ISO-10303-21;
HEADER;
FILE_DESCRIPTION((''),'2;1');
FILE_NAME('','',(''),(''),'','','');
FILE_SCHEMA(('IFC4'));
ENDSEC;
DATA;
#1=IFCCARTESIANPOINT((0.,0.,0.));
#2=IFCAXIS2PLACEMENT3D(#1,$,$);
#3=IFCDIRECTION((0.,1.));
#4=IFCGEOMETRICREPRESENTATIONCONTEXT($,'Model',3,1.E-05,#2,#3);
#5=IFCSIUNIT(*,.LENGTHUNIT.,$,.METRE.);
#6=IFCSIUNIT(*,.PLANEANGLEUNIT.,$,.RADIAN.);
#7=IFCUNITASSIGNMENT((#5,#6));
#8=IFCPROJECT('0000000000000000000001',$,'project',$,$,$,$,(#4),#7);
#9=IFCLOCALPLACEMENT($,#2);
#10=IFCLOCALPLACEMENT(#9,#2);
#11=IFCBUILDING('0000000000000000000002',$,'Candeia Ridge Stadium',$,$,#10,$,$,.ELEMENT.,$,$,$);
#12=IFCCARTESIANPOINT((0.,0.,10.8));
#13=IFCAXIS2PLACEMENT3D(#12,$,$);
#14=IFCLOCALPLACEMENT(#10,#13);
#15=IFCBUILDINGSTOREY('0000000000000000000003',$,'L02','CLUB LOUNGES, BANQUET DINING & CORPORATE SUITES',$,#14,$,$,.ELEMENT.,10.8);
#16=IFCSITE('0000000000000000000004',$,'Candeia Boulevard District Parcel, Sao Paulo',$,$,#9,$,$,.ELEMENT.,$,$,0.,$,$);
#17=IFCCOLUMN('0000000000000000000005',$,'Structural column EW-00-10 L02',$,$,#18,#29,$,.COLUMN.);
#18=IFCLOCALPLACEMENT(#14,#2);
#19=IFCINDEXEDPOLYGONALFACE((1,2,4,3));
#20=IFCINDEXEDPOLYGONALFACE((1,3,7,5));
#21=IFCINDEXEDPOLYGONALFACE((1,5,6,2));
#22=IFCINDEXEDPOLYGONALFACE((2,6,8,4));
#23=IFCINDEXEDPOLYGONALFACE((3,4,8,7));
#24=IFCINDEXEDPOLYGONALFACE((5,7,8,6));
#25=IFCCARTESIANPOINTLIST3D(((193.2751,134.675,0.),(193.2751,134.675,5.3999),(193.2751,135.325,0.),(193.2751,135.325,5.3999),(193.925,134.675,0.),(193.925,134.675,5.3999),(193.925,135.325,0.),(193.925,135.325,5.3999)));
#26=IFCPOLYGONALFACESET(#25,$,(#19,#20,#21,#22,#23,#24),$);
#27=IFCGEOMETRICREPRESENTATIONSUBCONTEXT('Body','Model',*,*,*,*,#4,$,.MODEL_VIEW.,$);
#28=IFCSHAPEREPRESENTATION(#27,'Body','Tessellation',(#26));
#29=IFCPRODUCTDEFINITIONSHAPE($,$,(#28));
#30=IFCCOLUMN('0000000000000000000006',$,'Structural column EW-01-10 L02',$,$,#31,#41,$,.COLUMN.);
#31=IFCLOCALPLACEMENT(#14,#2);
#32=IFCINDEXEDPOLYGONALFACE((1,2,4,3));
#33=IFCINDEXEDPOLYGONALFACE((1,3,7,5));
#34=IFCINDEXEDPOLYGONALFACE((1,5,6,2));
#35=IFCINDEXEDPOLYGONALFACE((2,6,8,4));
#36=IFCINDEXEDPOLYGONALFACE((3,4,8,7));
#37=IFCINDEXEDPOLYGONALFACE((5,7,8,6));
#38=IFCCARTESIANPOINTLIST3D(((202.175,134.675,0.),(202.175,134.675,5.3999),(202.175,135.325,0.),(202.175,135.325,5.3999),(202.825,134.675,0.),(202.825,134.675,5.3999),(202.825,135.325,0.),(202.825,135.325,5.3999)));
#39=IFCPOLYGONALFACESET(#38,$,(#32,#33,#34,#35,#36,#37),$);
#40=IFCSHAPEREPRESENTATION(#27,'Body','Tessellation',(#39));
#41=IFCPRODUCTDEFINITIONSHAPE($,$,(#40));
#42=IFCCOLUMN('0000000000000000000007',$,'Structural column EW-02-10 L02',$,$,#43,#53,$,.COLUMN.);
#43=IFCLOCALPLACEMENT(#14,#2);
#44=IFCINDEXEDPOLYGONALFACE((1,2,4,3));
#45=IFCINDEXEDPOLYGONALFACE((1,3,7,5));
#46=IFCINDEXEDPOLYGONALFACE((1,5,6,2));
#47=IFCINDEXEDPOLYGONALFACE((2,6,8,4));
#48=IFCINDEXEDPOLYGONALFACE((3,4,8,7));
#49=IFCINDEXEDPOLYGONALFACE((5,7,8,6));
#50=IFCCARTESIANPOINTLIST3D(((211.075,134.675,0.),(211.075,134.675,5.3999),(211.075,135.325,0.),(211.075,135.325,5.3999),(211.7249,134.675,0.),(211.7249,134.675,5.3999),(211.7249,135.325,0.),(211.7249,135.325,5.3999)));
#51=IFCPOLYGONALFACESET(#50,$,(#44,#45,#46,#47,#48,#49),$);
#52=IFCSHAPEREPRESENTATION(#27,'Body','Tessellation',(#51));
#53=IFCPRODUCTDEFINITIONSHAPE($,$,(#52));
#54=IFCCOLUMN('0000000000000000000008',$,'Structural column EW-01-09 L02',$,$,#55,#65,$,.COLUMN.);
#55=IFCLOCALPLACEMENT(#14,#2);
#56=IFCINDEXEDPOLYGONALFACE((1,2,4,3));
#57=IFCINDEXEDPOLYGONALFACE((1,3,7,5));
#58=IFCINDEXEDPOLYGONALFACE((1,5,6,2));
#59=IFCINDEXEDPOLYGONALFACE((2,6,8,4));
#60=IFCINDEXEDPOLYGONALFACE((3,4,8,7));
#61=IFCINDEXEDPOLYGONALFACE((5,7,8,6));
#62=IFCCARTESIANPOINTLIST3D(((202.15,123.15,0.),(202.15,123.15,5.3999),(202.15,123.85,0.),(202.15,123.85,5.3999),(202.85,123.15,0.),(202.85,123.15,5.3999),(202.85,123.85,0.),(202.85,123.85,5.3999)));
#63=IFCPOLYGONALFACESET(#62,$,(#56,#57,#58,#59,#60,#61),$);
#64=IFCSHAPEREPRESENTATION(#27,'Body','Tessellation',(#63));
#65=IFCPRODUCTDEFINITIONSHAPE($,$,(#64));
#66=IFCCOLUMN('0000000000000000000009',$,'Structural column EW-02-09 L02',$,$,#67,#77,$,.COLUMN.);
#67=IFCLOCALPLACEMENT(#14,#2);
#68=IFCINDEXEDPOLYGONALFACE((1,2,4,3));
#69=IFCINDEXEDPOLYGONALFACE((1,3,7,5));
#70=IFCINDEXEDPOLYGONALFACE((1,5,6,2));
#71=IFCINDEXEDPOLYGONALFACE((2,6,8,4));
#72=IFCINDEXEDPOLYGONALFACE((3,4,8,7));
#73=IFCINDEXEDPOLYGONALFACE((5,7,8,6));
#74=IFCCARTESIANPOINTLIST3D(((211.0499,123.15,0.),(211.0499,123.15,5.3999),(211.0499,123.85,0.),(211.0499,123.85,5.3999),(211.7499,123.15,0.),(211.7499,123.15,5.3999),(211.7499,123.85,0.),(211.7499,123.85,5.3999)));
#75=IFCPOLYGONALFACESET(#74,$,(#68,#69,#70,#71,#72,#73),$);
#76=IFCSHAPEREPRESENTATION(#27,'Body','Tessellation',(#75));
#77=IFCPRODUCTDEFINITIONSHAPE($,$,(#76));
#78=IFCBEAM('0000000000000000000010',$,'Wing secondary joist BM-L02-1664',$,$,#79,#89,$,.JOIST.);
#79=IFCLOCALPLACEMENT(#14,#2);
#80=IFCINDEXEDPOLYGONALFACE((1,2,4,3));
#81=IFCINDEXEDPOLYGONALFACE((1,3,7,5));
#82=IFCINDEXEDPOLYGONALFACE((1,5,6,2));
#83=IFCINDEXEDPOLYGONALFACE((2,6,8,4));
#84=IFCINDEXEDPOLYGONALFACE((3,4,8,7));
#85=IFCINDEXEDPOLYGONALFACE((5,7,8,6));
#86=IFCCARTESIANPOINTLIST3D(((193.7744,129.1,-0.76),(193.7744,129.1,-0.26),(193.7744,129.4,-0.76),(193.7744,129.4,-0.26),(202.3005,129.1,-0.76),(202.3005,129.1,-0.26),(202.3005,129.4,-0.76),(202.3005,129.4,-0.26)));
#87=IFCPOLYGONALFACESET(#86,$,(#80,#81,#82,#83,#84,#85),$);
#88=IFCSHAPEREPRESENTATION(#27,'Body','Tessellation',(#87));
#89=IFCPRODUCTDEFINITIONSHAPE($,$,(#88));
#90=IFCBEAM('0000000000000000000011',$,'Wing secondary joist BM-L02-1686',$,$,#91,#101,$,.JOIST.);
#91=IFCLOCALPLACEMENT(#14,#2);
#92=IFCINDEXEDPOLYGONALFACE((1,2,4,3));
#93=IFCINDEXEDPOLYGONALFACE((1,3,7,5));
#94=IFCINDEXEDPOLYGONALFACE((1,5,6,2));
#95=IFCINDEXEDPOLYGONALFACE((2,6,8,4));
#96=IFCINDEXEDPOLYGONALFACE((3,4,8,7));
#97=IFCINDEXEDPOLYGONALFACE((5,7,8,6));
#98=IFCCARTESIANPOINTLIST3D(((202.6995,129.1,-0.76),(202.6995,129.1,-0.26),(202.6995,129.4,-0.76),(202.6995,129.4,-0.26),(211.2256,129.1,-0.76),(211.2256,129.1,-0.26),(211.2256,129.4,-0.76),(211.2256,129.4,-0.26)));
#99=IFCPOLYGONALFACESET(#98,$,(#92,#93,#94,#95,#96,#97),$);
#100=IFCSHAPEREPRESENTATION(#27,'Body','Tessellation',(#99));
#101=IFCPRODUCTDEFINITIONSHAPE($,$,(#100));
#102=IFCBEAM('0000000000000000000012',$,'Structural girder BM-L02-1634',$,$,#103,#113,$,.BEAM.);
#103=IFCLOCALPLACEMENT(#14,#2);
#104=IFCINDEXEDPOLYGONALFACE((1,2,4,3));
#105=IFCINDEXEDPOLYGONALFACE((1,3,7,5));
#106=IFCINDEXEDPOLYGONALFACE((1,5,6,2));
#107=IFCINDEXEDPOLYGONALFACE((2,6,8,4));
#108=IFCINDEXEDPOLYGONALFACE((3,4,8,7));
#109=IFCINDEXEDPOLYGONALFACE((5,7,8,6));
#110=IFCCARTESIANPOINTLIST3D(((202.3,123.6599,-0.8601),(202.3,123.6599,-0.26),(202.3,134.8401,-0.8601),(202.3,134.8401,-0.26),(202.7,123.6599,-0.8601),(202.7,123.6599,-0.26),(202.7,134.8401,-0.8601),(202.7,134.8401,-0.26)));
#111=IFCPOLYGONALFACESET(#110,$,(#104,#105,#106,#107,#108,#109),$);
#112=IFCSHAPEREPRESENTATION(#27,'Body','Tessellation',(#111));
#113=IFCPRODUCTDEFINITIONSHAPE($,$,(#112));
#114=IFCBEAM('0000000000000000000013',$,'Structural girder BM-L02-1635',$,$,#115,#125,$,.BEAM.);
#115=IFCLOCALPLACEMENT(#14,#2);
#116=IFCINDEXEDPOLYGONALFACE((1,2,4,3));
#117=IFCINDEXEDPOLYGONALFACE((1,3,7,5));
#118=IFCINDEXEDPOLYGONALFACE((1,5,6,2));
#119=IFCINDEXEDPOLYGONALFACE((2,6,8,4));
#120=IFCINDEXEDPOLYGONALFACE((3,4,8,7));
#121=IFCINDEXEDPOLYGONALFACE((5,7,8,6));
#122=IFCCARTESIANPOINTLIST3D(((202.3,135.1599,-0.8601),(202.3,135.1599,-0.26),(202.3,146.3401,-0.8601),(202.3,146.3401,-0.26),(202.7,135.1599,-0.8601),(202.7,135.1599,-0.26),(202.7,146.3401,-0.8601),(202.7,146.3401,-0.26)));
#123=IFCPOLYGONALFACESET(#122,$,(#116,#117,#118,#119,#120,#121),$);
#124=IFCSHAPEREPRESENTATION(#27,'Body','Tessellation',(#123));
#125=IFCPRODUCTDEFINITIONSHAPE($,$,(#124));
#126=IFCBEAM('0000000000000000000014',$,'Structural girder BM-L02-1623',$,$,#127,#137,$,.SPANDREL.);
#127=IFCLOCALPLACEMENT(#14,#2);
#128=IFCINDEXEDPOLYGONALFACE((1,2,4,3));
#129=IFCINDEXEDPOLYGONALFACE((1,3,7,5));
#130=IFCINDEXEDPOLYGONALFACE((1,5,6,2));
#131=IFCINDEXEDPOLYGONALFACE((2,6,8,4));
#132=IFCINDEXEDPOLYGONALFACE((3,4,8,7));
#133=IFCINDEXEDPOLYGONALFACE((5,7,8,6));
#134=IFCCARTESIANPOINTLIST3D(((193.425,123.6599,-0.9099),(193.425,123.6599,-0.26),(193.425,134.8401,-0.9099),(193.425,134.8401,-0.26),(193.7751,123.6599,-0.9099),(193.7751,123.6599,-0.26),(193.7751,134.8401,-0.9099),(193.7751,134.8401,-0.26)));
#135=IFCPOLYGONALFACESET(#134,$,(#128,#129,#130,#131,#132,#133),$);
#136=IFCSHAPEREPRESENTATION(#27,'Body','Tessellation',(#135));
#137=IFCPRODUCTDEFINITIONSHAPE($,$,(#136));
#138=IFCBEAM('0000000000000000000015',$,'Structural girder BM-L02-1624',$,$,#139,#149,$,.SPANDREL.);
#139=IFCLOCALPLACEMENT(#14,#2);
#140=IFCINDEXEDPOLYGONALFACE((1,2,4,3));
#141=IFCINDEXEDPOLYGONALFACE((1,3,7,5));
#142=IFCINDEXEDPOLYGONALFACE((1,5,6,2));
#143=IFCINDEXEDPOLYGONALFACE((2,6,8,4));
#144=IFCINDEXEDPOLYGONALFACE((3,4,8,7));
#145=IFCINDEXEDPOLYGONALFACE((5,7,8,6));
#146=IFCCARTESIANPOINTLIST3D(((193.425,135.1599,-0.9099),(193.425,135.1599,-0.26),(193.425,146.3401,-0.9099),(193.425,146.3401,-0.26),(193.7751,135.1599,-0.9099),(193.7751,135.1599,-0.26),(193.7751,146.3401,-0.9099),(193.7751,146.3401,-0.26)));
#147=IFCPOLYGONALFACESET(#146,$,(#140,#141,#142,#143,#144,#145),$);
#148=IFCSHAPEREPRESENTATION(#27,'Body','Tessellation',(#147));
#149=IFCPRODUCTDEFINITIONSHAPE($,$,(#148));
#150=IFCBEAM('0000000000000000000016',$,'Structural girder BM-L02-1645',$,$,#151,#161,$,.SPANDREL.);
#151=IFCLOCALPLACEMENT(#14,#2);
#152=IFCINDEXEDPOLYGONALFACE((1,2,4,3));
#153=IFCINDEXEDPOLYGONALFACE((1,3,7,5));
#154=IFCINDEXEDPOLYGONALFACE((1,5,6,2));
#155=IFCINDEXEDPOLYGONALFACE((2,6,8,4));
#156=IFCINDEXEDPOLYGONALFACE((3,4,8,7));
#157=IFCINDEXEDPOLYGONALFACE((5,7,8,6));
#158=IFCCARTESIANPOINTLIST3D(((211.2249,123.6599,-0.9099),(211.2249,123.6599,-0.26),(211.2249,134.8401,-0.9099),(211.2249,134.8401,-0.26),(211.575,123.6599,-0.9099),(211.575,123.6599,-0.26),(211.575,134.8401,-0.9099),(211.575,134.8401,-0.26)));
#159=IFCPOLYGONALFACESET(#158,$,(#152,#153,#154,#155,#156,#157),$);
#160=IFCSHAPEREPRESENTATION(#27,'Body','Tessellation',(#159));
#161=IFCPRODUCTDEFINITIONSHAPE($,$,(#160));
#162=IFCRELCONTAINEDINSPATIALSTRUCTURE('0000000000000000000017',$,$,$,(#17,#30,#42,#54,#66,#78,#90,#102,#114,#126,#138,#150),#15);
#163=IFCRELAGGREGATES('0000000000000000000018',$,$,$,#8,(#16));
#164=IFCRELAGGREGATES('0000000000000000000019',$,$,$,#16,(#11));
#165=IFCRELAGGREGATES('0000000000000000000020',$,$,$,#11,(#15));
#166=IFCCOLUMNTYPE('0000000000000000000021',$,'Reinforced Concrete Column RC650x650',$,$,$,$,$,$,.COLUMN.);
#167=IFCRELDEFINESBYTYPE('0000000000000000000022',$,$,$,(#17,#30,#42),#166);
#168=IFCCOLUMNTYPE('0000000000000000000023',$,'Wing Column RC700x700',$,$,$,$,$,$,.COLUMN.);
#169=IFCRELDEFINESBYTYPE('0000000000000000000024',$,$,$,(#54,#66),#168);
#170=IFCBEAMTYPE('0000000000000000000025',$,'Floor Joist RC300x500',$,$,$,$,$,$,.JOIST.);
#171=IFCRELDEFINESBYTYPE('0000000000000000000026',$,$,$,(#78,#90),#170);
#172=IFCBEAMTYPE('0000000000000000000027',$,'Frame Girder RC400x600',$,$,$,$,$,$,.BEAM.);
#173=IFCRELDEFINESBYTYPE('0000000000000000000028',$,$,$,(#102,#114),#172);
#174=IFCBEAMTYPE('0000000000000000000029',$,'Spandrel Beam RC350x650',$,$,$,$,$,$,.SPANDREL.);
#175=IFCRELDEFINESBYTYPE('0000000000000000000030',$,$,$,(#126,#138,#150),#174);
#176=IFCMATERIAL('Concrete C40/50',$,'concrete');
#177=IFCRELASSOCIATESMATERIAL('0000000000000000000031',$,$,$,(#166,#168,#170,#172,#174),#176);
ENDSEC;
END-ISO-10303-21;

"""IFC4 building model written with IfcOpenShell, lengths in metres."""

from ifc_helpers import new_model, si_unit, direction, frame, origin, origin_2d, place, context, subcontext, project, spatial, rectangle, extrude, material, material_profile, profile_set, type_object, element, save


model = new_model("IFC4")

# Units and contexts
model_context = context("Model", 3, precision=1e-05, world=origin(), true_north=direction((0.0, 1.0)))
body_context = subcontext(model_context, "Body", "Model", "MODEL_VIEW")
ifc_project = project(units=[si_unit("LENGTHUNIT", "METRE"), si_unit("PLANEANGLEUNIT", "RADIAN")], contexts=[model_context])

# Site, building, storey
site_placement = place(None, origin())
site = spatial("IfcSite", under=ifc_project, at=site_placement, Name="Candeia Boulevard District Parcel, Sao Paulo", CompositionType="ELEMENT", RefElevation=0.0)
building_placement = place(site_placement, origin())
building = spatial("IfcBuilding", under=site, at=building_placement, Name="Candeia Ridge Stadium", CompositionType="ELEMENT")
storey_placement = place(building_placement, frame((0.0, 0.0, 10.8)))
storey = spatial("IfcBuildingStorey", under=building, at=storey_placement, Name="L02", Description="CLUB LOUNGES, BANQUET DINING & CORPORATE SUITES", CompositionType="ELEMENT", Elevation=10.8)

# Columns
ifc_material_1 = material(Name="Concrete C40/50", Category="concrete")
ifc_material_profile_1 = material_profile(ifc_material_1, rectangle(XDim=0.6499, YDim=0.6499, at=origin_2d()), Name="RC650x650", Category="concrete")
ifc_profile_set_1 = profile_set([ifc_material_profile_1], Name="Concrete C40/50")
column_type_1 = type_object("IfcColumnType", Name="Reinforced Concrete Column RC650x650", PredefinedType="COLUMN", material=ifc_profile_set_1)
for number, where, z_axis, x_axis, name in (
    (1, (193.6001, 135.0, 0.0), (0.0, 0.0, 1.0), (1.0, 0.0, 0.0), "Structural column EW-00-10 L02"),
    (2, (202.5, 135.0, 0.0), (0.0, 0.0, 1.0), (1.0, 0.0, 0.0), "Structural column EW-01-10 L02"),
    (3, (211.3999, 135.0, 0.0), (0.0, 0.0, 1.0), (1.0, 0.0, 0.0), "Structural column EW-02-10 L02"),
):
    element("IfcColumn", number, at=place(storey_placement, frame(where, z_axis=z_axis, x_axis=x_axis)), inside=storey, type_object=column_type_1, Name=name, PredefinedType="COLUMN", context=body_context, shape_type="SweptSolid", body=[
        extrude(rectangle(XDim=0.6499, YDim=0.6499, at=origin_2d()), origin(), (0.0, 0.0, 1.0), 5.3999),
    ])
ifc_material_profile_2 = material_profile(ifc_material_1, rectangle(XDim=0.7, YDim=0.7, at=origin_2d()), Name="RC700x700", Category="concrete")
ifc_profile_set_2 = profile_set([ifc_material_profile_2], Name="Concrete C40/50")
column_type_2 = type_object("IfcColumnType", Name="Wing Column RC700x700", PredefinedType="COLUMN", material=ifc_profile_set_2)
for number, where, z_axis, x_axis, name in (
    (4, (202.5, 123.5, 0.0), (0.0, 0.0, 1.0), (1.0, 0.0, 0.0), "Structural column EW-01-09 L02"),
    (5, (211.3999, 123.5, 0.0), (0.0, 0.0, 1.0), (1.0, 0.0, 0.0), "Structural column EW-02-09 L02"),
):
    element("IfcColumn", number, at=place(storey_placement, frame(where, z_axis=z_axis, x_axis=x_axis)), inside=storey, type_object=column_type_2, Name=name, PredefinedType="COLUMN", context=body_context, shape_type="SweptSolid", body=[
        extrude(rectangle(XDim=0.7, YDim=0.7, at=origin_2d()), origin(), (0.0, 0.0, 1.0), 5.3999),
    ])

# Beams
ifc_material_profile_3 = material_profile(ifc_material_1, rectangle(XDim=0.3, YDim=0.5, at=origin_2d()), Name="RC300x500", Category="concrete")
ifc_profile_set_3 = profile_set([ifc_material_profile_3], Name="Concrete C40/50")
beam_type_1 = type_object("IfcBeamType", Name="Floor Joist RC300x500", PredefinedType="JOIST", material=ifc_profile_set_3)
for number, where, z_axis, x_axis, name in (
    (6, (193.7744, 129.25, -0.51), (1.0, 0.0, 0.0), (0.0, 1.0, 0.0), "Wing secondary joist BM-L02-1664"),
    (7, (202.6995, 129.25, -0.51), (1.0, 0.0, 0.0), (0.0, 1.0, 0.0), "Wing secondary joist BM-L02-1686"),
):
    element("IfcBeam", number, at=place(storey_placement, frame(where, z_axis=z_axis, x_axis=x_axis)), inside=storey, type_object=beam_type_1, Name=name, PredefinedType="JOIST", context=body_context, shape_type="SweptSolid", body=[
        extrude(rectangle(XDim=0.3, YDim=0.5, at=origin_2d()), origin(), (0.0, 0.0, 1.0), 8.5261),
    ])
ifc_material_profile_4 = material_profile(ifc_material_1, rectangle(XDim=0.3999, YDim=0.6001, at=origin_2d()), Name="RC400x600", Category="concrete")
ifc_profile_set_4 = profile_set([ifc_material_profile_4], Name="Concrete C40/50")
beam_type_2 = type_object("IfcBeamType", Name="Frame Girder RC400x600", PredefinedType="BEAM", material=ifc_profile_set_4)
for number, where, z_axis, x_axis, name in (
    (8, (202.5, 123.6599, -0.5601), (0.0, 1.0, 0.0), (-1.0, 0.0, 0.0), "Structural girder BM-L02-1634"),
    (9, (202.5, 135.1599, -0.5601), (0.0, 1.0, 0.0), (-1.0, 0.0, 0.0), "Structural girder BM-L02-1635"),
):
    element("IfcBeam", number, at=place(storey_placement, frame(where, z_axis=z_axis, x_axis=x_axis)), inside=storey, type_object=beam_type_2, Name=name, PredefinedType="BEAM", context=body_context, shape_type="SweptSolid", body=[
        extrude(rectangle(XDim=0.3999, YDim=0.6001, at=origin_2d()), origin(), (0.0, 0.0, 1.0), 11.1802),
    ])
ifc_material_profile_5 = material_profile(ifc_material_1, rectangle(XDim=0.3501, YDim=0.6499, at=origin_2d()), Name="RC350x650", Category="concrete")
ifc_profile_set_5 = profile_set([ifc_material_profile_5], Name="Concrete C40/50")
beam_type_3 = type_object("IfcBeamType", Name="Spandrel Beam RC350x650", PredefinedType="SPANDREL", material=ifc_profile_set_5)
for number, where, z_axis, x_axis, name in (
    (10, (193.6001, 123.6599, -0.585), (0.0, 1.0, 0.0), (-1.0, 0.0, 0.0), "Structural girder BM-L02-1623"),
    (11, (193.6001, 135.1599, -0.585), (0.0, 1.0, 0.0), (-1.0, 0.0, 0.0), "Structural girder BM-L02-1624"),
    (12, (211.3999, 123.6599, -0.585), (0.0, 1.0, 0.0), (-1.0, 0.0, 0.0), "Structural girder BM-L02-1645"),
):
    element("IfcBeam", number, at=place(storey_placement, frame(where, z_axis=z_axis, x_axis=x_axis)), inside=storey, type_object=beam_type_3, Name=name, PredefinedType="SPANDREL", context=body_context, shape_type="SweptSolid", body=[
        extrude(rectangle(XDim=0.3501, YDim=0.6499, at=origin_2d()), origin(), (0.0, 0.0, 1.0), 11.1802),
    ])

save(model, "model.ifc")
